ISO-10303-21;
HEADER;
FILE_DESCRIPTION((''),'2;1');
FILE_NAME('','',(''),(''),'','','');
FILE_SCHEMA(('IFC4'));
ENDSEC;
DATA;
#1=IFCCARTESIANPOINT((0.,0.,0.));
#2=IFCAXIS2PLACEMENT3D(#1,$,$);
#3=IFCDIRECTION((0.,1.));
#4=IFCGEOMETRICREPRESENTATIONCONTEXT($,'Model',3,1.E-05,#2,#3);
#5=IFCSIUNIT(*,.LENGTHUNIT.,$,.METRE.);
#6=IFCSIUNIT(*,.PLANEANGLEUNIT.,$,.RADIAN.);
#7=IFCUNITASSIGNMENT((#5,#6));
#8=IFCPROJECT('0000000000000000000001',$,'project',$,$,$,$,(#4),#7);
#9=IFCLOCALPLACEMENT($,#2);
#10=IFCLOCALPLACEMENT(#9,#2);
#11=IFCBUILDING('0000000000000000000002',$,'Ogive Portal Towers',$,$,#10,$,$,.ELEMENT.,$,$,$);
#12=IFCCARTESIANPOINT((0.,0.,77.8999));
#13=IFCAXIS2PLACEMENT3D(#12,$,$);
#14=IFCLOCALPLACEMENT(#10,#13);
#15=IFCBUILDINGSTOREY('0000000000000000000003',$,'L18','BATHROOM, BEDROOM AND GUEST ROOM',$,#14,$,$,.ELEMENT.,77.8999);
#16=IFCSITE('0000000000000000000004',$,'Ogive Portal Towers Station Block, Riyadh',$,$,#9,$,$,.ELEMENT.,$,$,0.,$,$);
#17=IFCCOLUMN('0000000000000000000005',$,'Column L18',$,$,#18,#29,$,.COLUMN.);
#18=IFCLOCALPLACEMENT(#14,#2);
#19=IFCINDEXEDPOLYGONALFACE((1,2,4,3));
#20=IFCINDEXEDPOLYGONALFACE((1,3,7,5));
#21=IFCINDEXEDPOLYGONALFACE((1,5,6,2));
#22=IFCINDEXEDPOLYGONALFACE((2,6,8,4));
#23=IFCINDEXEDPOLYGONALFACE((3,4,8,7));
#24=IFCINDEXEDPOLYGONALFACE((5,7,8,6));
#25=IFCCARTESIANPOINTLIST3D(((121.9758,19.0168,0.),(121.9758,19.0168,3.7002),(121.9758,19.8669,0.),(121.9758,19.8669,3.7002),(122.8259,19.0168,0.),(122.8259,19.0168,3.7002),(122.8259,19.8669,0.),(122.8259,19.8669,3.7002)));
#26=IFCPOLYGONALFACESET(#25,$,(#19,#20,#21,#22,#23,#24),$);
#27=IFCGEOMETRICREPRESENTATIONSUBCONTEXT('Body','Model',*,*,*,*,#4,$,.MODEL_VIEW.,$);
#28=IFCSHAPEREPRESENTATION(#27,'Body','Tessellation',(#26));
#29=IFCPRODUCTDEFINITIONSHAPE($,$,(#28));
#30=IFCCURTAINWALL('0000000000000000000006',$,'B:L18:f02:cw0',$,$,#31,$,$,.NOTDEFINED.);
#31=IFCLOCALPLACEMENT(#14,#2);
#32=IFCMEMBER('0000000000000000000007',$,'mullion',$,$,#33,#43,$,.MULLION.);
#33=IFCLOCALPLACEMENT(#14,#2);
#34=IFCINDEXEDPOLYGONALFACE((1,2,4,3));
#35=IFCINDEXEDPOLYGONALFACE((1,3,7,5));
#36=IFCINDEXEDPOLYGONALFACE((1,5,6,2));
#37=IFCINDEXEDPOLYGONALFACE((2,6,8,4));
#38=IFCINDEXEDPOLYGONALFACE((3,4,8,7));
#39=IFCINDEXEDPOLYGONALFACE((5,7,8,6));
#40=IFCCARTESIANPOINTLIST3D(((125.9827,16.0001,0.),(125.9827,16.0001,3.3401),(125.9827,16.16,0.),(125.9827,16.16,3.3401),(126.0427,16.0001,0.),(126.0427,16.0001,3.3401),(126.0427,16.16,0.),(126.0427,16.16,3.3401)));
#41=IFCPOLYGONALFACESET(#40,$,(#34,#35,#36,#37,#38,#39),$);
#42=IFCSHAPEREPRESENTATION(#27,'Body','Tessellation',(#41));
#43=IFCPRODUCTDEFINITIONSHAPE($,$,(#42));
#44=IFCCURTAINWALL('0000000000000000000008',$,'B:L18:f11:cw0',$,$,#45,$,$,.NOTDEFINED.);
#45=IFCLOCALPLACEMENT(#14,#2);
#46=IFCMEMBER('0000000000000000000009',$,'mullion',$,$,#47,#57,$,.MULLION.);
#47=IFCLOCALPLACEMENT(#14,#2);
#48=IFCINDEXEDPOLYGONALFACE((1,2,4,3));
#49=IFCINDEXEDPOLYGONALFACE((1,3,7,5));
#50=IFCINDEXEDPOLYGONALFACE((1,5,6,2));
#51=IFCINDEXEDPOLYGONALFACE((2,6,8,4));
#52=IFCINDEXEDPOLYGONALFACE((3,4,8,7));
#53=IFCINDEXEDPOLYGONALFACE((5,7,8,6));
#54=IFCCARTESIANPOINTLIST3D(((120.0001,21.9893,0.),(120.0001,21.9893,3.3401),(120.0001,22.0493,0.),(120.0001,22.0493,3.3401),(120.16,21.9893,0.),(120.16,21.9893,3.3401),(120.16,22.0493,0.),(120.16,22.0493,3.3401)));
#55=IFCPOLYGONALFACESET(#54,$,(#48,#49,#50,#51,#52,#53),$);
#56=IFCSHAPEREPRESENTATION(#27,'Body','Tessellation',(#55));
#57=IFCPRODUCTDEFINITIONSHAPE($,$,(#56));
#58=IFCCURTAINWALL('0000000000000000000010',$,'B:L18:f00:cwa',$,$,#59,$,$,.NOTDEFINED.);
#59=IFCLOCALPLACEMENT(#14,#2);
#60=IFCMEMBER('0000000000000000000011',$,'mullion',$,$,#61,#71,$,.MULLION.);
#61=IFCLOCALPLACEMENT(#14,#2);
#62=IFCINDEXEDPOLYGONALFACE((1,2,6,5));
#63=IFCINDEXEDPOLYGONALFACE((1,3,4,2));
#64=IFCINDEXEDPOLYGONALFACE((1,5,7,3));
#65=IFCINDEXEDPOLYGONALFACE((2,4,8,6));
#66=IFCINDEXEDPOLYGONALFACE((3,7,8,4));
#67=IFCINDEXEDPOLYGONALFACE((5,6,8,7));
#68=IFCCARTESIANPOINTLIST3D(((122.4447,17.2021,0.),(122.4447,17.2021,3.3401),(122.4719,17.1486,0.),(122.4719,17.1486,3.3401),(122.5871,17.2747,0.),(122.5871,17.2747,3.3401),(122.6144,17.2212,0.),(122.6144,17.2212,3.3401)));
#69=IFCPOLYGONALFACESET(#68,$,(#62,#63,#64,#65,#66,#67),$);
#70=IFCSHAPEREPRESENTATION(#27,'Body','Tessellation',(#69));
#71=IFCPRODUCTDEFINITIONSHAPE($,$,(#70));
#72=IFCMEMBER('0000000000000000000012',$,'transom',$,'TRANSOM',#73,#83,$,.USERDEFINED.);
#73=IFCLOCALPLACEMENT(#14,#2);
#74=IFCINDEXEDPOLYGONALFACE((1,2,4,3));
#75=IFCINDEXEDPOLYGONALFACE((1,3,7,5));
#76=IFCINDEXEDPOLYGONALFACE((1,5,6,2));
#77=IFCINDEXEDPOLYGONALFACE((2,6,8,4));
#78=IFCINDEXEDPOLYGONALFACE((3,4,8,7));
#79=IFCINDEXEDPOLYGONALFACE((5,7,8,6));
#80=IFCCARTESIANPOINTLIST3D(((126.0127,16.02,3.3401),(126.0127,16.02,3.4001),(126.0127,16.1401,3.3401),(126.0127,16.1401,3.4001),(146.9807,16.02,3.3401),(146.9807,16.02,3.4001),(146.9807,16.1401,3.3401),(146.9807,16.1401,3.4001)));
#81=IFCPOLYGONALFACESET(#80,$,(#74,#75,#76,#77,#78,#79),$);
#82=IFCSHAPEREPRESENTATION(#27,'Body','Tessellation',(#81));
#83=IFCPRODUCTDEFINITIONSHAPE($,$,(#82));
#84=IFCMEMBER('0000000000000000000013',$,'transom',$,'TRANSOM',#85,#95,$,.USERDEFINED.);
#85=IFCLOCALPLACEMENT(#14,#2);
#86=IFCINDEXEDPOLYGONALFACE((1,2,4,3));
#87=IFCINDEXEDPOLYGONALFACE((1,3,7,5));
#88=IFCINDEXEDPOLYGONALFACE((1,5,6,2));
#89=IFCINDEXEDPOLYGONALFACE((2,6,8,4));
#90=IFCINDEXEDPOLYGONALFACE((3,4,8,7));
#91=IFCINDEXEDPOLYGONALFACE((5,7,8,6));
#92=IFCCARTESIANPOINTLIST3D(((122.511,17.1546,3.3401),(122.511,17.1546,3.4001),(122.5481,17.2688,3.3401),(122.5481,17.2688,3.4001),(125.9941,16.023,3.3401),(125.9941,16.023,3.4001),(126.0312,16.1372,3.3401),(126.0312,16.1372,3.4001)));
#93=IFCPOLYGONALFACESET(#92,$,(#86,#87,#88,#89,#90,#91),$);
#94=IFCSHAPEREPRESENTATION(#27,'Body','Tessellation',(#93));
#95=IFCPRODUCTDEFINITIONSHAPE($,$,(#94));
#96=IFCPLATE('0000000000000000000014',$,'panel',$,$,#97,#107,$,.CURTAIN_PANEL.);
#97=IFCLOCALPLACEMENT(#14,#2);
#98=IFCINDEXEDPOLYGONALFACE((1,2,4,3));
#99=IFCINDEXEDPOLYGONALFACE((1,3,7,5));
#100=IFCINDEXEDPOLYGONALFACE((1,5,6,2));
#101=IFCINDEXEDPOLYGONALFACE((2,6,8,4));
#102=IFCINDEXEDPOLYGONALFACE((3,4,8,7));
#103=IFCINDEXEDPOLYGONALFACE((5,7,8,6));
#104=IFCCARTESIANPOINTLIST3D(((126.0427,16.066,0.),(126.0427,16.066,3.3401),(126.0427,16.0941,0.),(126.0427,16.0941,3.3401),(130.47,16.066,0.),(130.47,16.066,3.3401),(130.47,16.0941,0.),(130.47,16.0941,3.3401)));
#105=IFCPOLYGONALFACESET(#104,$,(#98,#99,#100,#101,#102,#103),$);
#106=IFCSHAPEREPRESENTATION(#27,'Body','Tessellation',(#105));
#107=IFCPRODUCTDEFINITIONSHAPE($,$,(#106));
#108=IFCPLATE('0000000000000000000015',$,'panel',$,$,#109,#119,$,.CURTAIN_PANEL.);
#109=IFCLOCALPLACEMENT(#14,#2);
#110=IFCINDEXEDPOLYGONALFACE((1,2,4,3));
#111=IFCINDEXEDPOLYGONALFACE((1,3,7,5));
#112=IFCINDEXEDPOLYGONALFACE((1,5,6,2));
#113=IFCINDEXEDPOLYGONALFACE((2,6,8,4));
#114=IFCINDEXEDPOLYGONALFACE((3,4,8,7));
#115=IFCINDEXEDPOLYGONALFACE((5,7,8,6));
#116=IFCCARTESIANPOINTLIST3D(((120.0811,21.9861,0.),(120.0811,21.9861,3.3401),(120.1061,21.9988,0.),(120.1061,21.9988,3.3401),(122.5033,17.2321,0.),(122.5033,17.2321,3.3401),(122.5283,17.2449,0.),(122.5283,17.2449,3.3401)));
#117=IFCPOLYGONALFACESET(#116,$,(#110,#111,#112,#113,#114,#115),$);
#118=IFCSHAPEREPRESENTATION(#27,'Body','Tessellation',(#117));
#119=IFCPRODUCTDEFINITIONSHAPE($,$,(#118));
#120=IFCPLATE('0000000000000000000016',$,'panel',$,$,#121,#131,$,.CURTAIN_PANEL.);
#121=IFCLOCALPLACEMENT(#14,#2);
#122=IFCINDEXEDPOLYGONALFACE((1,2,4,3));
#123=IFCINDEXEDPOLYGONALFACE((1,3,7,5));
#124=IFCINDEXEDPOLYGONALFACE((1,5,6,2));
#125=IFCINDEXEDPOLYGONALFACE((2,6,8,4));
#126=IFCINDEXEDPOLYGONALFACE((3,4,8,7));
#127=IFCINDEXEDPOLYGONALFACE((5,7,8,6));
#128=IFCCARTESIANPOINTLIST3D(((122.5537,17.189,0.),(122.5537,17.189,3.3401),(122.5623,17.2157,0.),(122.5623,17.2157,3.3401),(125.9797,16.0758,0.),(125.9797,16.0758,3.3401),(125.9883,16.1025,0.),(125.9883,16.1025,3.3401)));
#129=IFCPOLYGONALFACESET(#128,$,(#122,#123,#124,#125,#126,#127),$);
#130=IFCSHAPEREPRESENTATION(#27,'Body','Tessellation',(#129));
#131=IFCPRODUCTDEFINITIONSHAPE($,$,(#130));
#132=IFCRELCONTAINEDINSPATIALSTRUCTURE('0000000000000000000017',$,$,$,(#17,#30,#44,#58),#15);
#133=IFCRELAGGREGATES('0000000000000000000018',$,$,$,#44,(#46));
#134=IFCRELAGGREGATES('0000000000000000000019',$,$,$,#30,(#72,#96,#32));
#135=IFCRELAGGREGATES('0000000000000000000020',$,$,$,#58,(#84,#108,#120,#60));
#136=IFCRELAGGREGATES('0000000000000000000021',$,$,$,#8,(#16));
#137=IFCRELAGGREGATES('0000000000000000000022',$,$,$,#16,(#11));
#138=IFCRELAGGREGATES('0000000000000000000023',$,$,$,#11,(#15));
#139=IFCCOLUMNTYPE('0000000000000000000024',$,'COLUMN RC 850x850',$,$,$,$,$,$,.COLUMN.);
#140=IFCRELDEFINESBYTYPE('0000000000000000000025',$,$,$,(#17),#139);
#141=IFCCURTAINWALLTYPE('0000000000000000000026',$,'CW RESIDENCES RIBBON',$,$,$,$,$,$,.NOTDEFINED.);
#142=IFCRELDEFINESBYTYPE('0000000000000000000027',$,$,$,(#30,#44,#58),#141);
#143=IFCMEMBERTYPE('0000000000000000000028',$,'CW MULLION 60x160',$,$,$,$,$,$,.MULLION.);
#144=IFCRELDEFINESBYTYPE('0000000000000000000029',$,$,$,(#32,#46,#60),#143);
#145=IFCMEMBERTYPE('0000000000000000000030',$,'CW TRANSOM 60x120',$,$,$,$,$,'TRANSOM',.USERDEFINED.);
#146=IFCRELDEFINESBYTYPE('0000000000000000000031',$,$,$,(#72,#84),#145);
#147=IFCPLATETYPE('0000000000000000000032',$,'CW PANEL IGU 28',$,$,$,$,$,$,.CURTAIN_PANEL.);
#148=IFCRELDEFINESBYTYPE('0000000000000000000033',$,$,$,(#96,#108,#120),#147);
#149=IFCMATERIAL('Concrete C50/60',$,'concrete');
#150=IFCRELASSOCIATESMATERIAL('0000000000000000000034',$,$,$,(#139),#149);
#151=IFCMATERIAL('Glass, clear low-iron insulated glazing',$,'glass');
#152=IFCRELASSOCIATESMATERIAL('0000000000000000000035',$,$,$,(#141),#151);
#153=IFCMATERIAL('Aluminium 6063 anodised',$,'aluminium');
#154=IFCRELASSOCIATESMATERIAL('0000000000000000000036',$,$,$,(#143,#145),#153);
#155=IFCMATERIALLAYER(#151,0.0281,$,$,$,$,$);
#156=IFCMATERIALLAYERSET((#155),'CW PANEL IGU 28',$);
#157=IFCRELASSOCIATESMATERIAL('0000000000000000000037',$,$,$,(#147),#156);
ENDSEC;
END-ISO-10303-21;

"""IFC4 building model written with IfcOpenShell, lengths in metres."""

from ifc_helpers import new_model, si_unit, direction, frame, origin, origin_2d, place, context, subcontext, project, spatial, rectangle, extrude, material, layer, layer_set, material_profile, profile_set, type_object, element, aggregate, save


model = new_model("IFC4")

# Units and contexts
model_context = context("Model", 3, precision=1e-05, world=origin(), true_north=direction((0.0, 1.0)))
body_context = subcontext(model_context, "Body", "Model", "MODEL_VIEW")
ifc_project = project(units=[si_unit("LENGTHUNIT", "METRE"), si_unit("PLANEANGLEUNIT", "RADIAN")], contexts=[model_context])

# Site, building, storey
site_placement = place(None, origin())
site = spatial("IfcSite", under=ifc_project, at=site_placement, Name="Ogive Portal Towers Station Block, Riyadh", CompositionType="ELEMENT", RefElevation=0.0)
building_placement = place(site_placement, origin())
building = spatial("IfcBuilding", under=site, at=building_placement, Name="Ogive Portal Towers", CompositionType="ELEMENT")
storey_placement = place(building_placement, frame((0.0, 0.0, 77.8999)))
storey = spatial("IfcBuildingStorey", under=building, at=storey_placement, Name="L18", Description="BATHROOM, BEDROOM AND GUEST ROOM", CompositionType="ELEMENT", Elevation=77.8999)

# Column
ifc_material_1 = material(Name="Concrete C50/60", Category="concrete")
ifc_material_profile_1 = material_profile(ifc_material_1, rectangle(XDim=0.8501, YDim=0.8501, at=origin_2d()), Name="RC 850x850")
ifc_profile_set_1 = profile_set([ifc_material_profile_1], Name="Concrete C50/60")
column_type = type_object("IfcColumnType", Name="COLUMN RC 850x850", PredefinedType="COLUMN", material=ifc_profile_set_1)
column_placement = place(storey_placement, frame((122.4009, 19.4419, 0.0), z_axis=(0.0, 0.0, 1.0), x_axis=(1.0, 0.0, 0.0)))
element("IfcColumn", 1, at=column_placement, inside=storey, type_object=column_type, Name="Column L18", PredefinedType="COLUMN", context=body_context, shape_type="SweptSolid", body=[
    extrude(rectangle(XDim=0.8501, YDim=0.8501, at=origin_2d()), origin(), (0.0, 0.0, 1.0), 3.7002),
])

# Curtain walls, members
ifc_material_2 = material(Name="Glass, clear low-iron insulated glazing", Category="glass")
curtain_wall_type = type_object("IfcCurtainWallType", Name="CW RESIDENCES RIBBON", PredefinedType="NOTDEFINED", material=ifc_material_2)
curtain_wall_1_placement = place(storey_placement, origin())
curtain_wall_1 = element("IfcCurtainWall", 2, at=curtain_wall_1_placement, inside=storey, type_object=curtain_wall_type, Name="B:L18:f02:cw0", PredefinedType="NOTDEFINED")
ifc_material_3 = material(Name="Aluminium 6063 anodised", Category="aluminium")
ifc_material_profile_2 = material_profile(ifc_material_3, rectangle(XDim=0.1599, YDim=0.0601, at=origin_2d()), Name="AL 60x160")
ifc_profile_set_2 = profile_set([ifc_material_profile_2], Name="Aluminium 6063 anodised")
member_type_1 = type_object("IfcMemberType", Name="CW MULLION 60x160", PredefinedType="MULLION", material=ifc_profile_set_2)
member_1_placement = place(storey_placement, frame((126.0127, 16.0801, 0.0), z_axis=(0.0, 0.0, 1.0), x_axis=(0.0, 1.0, 0.0)))
member_1 = element("IfcMember", 3, at=member_1_placement, type_object=member_type_1, Name="mullion", PredefinedType="MULLION", context=body_context, shape_type="SweptSolid", body=[
    extrude(rectangle(XDim=0.1599, YDim=0.0601, at=origin_2d()), origin(), (0.0, 0.0, 1.0), 3.3401),
])
curtain_wall_2_placement = place(storey_placement, origin())
curtain_wall_2 = element("IfcCurtainWall", 4, at=curtain_wall_2_placement, inside=storey, type_object=curtain_wall_type, Name="B:L18:f11:cw0", PredefinedType="NOTDEFINED")
member_2_placement = place(storey_placement, frame((120.0801, 22.0193, 0.0), z_axis=(0.0, 0.0, 1.0), x_axis=(1.0, 0.0, 0.0)))
member_2 = element("IfcMember", 5, at=member_2_placement, type_object=member_type_1, Name="mullion", PredefinedType="MULLION", context=body_context, shape_type="SweptSolid", body=[
    extrude(rectangle(XDim=0.1599, YDim=0.0601, at=origin_2d()), origin(), (0.0, 0.0, 1.0), 3.3401),
])
aggregate(curtain_wall_2, [member_2])
curtain_wall_3_placement = place(storey_placement, origin())
curtain_wall_3 = element("IfcCurtainWall", 6, at=curtain_wall_3_placement, inside=storey, type_object=curtain_wall_type, Name="B:L18:f00:cwa", PredefinedType="NOTDEFINED")
member_3_placement = place(storey_placement, frame((122.5295, 17.2117, 0.0), z_axis=(0.0, 0.0, 1.0), x_axis=(0.891007, 0.45399, 0.0)))
member_3 = element("IfcMember", 7, at=member_3_placement, type_object=member_type_1, Name="mullion", PredefinedType="MULLION", context=body_context, shape_type="SweptSolid", body=[
    extrude(rectangle(XDim=0.1599, YDim=0.0601, at=origin_2d()), origin(), (0.0, 0.0, 1.0), 3.3401),
])

# Members
ifc_material_profile_3 = material_profile(ifc_material_3, rectangle(XDim=0.1201, YDim=0.0601, at=origin_2d()), Name="AL 120x60")
ifc_profile_set_3 = profile_set([ifc_material_profile_3], Name="Aluminium 6063 anodised")
member_type_2 = type_object("IfcMemberType", Name="CW TRANSOM 60x120", ElementType="TRANSOM", PredefinedType="USERDEFINED", material=ifc_profile_set_3)
member_4_placement = place(storey_placement, frame((126.0127, 16.0801, 3.3701), z_axis=(1.0, 0.0, 0.0), x_axis=(0.0, 1.0, 0.0)))
member_4 = element("IfcMember", 8, at=member_4_placement, type_object=member_type_2, Name="transom", ObjectType="TRANSOM", PredefinedType="USERDEFINED", context=body_context, shape_type="SweptSolid", body=[
    extrude(rectangle(XDim=0.1201, YDim=0.0601, at=origin_2d()), origin(), (0.0, 0.0, 1.0), 20.968),
])
member_5_placement = place(storey_placement, frame((122.5295, 17.2117, 3.3701), z_axis=(0.951069, -0.308979, 0.0), x_axis=(0.308979, 0.951069, 0.0)))
member_5 = element("IfcMember", 9, at=member_5_placement, type_object=member_type_2, Name="transom", ObjectType="TRANSOM", PredefinedType="USERDEFINED", context=body_context, shape_type="SweptSolid", body=[
    extrude(rectangle(XDim=0.1201, YDim=0.0601, at=origin_2d()), origin(), (0.0, 0.0, 1.0), 3.6624),
])

# Plates
ifc_layer_1 = layer(ifc_material_2, 0.0281)
ifc_layer_set_1 = layer_set([ifc_layer_1], Name="CW PANEL IGU 28")
plate_type = type_object("IfcPlateType", Name="CW PANEL IGU 28", PredefinedType="CURTAIN_PANEL", material=ifc_layer_set_1)
plate_1_placement = place(storey_placement, frame((128.2563, 16.0801, 0.0), z_axis=(0.0, 0.0, 1.0), x_axis=(1.0, 0.0, 0.0)))
plate_1 = element("IfcPlate", 10, at=plate_1_placement, type_object=plate_type, Name="panel", PredefinedType="CURTAIN_PANEL", context=body_context, shape_type="SweptSolid", body=[
    extrude(rectangle(XDim=4.4272, YDim=0.0281, at=origin_2d()), origin(), (0.0, 0.0, 1.0), 3.3401),
])
aggregate(curtain_wall_1, [member_4, plate_1, member_1])
plate_2_placement = place(storey_placement, frame((121.3047, 19.6155, 0.0), z_axis=(0.0, 0.0, 1.0), x_axis=(0.45399, -0.891007, 0.0)))
plate_2 = element("IfcPlate", 11, at=plate_2_placement, type_object=plate_type, Name="panel", PredefinedType="CURTAIN_PANEL", context=body_context, shape_type="SweptSolid", body=[
    extrude(rectangle(XDim=5.3354, YDim=0.0281, at=origin_2d()), origin(), (0.0, 0.0, 1.0), 3.3401),
])
plate_3_placement = place(storey_placement, frame((124.271, 16.6458, 0.0), z_axis=(0.0, 0.0, 1.0), x_axis=(0.951057, -0.309017, 0.0)))
plate_3 = element("IfcPlate", 12, at=plate_3_placement, type_object=plate_type, Name="panel", PredefinedType="CURTAIN_PANEL", context=body_context, shape_type="SweptSolid", body=[
    extrude(rectangle(XDim=3.6023, YDim=0.0281, at=origin_2d()), origin(), (0.0, 0.0, 1.0), 3.3401),
])
aggregate(curtain_wall_3, [member_5, plate_2, plate_3, member_3])

save(model, "model.ifc")
